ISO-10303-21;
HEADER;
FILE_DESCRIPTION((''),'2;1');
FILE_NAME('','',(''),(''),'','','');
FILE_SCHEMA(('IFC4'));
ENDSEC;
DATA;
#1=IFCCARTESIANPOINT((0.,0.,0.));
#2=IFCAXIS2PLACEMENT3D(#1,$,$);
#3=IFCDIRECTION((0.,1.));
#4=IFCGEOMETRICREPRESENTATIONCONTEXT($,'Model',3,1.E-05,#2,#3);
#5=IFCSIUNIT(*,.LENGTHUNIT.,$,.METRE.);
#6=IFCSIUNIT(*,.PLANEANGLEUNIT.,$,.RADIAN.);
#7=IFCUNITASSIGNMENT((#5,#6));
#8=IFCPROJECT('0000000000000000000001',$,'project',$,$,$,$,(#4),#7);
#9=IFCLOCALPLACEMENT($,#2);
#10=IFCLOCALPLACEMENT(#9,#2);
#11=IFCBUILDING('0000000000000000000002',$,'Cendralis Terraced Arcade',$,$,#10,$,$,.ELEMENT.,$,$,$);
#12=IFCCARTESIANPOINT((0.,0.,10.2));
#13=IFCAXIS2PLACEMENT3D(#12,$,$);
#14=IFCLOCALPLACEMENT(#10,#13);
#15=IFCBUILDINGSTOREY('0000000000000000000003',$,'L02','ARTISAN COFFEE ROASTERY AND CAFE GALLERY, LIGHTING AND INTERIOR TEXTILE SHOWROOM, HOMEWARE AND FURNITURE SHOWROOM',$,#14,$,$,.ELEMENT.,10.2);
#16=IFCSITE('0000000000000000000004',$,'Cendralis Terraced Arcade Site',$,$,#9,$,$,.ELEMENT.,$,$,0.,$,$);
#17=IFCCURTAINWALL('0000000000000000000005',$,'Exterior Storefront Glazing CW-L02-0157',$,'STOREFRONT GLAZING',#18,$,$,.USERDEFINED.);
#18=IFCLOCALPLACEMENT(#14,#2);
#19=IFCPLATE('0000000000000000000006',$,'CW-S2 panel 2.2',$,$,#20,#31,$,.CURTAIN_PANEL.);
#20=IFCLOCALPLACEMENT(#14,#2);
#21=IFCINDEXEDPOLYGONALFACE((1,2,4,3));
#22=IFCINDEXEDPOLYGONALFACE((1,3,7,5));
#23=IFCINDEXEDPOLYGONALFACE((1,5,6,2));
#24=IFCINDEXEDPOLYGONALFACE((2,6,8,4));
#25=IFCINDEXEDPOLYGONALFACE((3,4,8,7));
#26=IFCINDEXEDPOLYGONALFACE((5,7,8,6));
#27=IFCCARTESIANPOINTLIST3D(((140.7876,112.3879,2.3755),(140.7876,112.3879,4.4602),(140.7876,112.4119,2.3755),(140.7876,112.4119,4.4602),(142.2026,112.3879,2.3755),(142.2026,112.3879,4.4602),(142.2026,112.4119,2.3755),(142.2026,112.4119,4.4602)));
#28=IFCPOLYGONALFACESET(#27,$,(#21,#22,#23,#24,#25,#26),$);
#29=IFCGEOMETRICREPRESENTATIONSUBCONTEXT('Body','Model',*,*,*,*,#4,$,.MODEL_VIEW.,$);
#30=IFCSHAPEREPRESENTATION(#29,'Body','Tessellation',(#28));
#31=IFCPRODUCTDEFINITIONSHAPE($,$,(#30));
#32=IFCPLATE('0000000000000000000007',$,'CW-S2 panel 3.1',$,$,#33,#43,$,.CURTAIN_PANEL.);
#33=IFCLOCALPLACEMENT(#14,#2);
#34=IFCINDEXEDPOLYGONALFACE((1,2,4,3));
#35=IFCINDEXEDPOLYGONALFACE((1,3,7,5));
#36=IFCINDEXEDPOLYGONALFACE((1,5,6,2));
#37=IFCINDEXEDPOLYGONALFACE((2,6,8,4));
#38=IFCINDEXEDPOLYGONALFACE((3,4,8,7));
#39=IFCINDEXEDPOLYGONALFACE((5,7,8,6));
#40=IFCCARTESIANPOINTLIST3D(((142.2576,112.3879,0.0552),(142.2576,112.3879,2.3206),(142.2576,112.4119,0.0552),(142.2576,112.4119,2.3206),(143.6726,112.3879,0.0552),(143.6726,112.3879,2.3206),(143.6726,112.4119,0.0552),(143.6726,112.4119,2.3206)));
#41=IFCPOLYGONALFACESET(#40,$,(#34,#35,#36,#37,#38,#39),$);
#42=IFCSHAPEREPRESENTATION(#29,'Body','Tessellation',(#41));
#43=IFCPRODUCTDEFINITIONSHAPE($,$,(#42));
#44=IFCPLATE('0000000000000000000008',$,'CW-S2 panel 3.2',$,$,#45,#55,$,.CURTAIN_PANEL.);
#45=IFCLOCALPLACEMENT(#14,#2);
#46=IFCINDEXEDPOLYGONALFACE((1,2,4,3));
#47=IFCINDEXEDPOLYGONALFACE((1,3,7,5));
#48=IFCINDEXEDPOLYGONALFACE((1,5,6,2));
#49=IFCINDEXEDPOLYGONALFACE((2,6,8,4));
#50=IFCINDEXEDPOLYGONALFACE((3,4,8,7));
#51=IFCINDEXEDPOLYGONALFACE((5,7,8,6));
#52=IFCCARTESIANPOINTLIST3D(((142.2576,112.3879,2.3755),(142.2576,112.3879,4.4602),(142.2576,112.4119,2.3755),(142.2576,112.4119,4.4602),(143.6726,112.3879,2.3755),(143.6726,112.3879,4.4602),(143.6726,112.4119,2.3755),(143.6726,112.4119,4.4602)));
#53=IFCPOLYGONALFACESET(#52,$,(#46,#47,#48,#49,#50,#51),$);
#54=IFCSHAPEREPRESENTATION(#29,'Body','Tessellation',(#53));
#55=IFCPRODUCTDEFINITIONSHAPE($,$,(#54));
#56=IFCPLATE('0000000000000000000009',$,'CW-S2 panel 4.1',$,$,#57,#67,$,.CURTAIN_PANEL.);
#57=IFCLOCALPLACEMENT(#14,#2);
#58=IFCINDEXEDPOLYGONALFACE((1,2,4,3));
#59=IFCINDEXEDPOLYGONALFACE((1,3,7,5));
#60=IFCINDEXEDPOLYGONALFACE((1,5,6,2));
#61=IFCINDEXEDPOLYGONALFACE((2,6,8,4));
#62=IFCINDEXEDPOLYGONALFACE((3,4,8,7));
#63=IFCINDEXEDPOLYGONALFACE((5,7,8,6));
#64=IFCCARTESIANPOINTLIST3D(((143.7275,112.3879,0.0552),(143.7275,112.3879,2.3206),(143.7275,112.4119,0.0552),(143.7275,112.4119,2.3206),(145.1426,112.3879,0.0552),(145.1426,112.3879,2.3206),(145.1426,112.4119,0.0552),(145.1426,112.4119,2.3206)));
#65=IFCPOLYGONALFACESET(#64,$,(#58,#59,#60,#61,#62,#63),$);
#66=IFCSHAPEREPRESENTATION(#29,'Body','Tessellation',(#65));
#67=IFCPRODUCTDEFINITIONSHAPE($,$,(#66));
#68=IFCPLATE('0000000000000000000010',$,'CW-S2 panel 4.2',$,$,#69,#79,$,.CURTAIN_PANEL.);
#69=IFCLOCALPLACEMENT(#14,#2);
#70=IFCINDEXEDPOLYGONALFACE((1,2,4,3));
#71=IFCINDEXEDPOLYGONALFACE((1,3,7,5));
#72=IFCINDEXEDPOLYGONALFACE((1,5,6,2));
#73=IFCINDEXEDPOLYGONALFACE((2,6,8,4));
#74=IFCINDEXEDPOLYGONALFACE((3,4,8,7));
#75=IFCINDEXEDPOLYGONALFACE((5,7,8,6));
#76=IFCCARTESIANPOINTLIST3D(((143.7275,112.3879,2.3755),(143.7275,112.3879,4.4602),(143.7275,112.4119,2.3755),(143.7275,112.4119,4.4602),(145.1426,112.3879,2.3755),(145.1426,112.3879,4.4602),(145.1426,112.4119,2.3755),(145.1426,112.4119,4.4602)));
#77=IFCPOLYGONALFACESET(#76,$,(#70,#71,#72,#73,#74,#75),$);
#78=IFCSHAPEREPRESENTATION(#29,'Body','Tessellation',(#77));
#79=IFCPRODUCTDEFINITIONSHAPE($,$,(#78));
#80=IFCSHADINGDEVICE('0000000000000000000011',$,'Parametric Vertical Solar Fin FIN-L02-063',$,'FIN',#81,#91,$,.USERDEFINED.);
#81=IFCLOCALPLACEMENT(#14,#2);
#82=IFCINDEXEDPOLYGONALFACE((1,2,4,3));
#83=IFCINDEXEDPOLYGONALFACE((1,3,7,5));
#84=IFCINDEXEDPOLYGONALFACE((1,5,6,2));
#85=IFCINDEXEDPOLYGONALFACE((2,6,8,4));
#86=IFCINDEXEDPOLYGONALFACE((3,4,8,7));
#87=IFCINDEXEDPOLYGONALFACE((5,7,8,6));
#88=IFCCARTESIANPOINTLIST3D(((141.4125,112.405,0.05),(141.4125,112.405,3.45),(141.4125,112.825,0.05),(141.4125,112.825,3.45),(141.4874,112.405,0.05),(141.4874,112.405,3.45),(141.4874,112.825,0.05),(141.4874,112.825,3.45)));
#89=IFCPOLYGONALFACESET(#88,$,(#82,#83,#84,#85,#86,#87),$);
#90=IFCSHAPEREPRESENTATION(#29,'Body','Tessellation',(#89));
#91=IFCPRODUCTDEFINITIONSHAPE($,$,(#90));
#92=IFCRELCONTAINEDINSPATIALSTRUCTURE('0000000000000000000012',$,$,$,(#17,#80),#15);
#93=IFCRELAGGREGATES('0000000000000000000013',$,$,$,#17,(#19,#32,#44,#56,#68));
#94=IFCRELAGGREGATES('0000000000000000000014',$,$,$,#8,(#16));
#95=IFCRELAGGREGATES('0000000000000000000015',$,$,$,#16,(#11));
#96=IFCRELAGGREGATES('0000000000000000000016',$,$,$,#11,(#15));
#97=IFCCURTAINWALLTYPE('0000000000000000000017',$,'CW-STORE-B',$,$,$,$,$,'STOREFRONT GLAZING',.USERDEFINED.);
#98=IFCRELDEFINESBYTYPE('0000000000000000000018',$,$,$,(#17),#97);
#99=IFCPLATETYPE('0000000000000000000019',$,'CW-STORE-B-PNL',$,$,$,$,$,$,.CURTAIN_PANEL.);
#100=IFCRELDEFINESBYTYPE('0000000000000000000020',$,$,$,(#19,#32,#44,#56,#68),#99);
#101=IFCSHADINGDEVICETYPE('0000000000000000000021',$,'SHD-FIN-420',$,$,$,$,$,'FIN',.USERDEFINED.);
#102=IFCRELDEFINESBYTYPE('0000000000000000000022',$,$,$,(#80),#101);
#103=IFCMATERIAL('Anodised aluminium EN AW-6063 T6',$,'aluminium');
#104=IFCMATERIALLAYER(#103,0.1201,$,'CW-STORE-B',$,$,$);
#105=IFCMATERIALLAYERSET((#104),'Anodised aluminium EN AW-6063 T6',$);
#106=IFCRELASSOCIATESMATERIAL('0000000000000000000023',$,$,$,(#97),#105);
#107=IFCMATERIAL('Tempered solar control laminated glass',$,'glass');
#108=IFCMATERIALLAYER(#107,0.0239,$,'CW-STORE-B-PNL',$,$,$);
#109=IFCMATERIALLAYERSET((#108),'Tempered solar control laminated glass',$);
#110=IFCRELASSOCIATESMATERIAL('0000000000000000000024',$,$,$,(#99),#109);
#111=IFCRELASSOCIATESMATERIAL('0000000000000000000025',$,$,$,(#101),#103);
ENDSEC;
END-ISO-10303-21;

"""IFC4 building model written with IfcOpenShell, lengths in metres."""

from ifc_helpers import new_model, si_unit, direction, frame, origin, origin_2d, place, context, subcontext, project, spatial, rectangle, extrude, material, layer, layer_set, type_object, element, aggregate, save


model = new_model("IFC4")

# Units and contexts
model_context = context("Model", 3, precision=1e-05, world=origin(), true_north=direction((0.0, 1.0)))
body_context = subcontext(model_context, "Body", "Model", "MODEL_VIEW")
ifc_project = project(units=[si_unit("LENGTHUNIT", "METRE"), si_unit("PLANEANGLEUNIT", "RADIAN")], contexts=[model_context])

# Site, building, storey
site_placement = place(None, origin())
site = spatial("IfcSite", under=ifc_project, at=site_placement, Name="Cendralis Terraced Arcade Site", CompositionType="ELEMENT", RefElevation=0.0)
building_placement = place(site_placement, origin())
building = spatial("IfcBuilding", under=site, at=building_placement, Name="Cendralis Terraced Arcade", CompositionType="ELEMENT")
storey_placement = place(building_placement, frame((0.0, 0.0, 10.2)))
storey = spatial("IfcBuildingStorey", under=building, at=storey_placement, Name="L02", Description="ARTISAN COFFEE ROASTERY AND CAFE GALLERY, LIGHTING AND INTERIOR TEXTILE SHOWROOM, HOMEWARE AND FURNITURE SHOWROOM", CompositionType="ELEMENT", Elevation=10.2)

# Curtain wall, plates
ifc_material_1 = material(Name="Anodised aluminium EN AW-6063 T6", Category="aluminium")
ifc_layer_1 = layer(ifc_material_1, 0.1201, Name="CW-STORE-B")
ifc_layer_set_1 = layer_set([ifc_layer_1], Name="Anodised aluminium EN AW-6063 T6")
curtain_wall_type = type_object("IfcCurtainWallType", Name="CW-STORE-B", ElementType="STOREFRONT GLAZING", PredefinedType="USERDEFINED", material=ifc_layer_set_1)
curtain_wall_placement = place(storey_placement, origin())
curtain_wall = element("IfcCurtainWall", 1, at=curtain_wall_placement, inside=storey, type_object=curtain_wall_type, Name="Exterior Storefront Glazing CW-L02-0157", ObjectType="STOREFRONT GLAZING", PredefinedType="USERDEFINED")
ifc_material_2 = material(Name="Tempered solar control laminated glass", Category="glass")
ifc_layer_2 = layer(ifc_material_2, 0.0239, Name="CW-STORE-B-PNL")
ifc_layer_set_2 = layer_set([ifc_layer_2], Name="Tempered solar control laminated glass")
plate_type = type_object("IfcPlateType", Name="CW-STORE-B-PNL", PredefinedType="CURTAIN_PANEL", material=ifc_layer_set_2)
plate_1_placement = place(storey_placement, frame((141.4951, 112.3999, 2.3755), z_axis=(0.0, 0.0, 1.0), x_axis=(1.0, 0.0, 0.0)))
plate_1 = element("IfcPlate", 2, at=plate_1_placement, type_object=plate_type, Name="CW-S2 panel 2.2", PredefinedType="CURTAIN_PANEL", context=body_context, shape_type="SweptSolid", body=[
    extrude(rectangle(XDim=1.415, YDim=0.0239, at=origin_2d()), origin(), (0.0, 0.0, 1.0), 2.0847),
])
plate_2_placement = place(storey_placement, frame((142.9651, 112.3999, 0.0552), z_axis=(0.0, 0.0, 1.0), x_axis=(1.0, 0.0, 0.0)))
plate_2 = element("IfcPlate", 3, at=plate_2_placement, type_object=plate_type, Name="CW-S2 panel 3.1", PredefinedType="CURTAIN_PANEL", context=body_context, shape_type="SweptSolid", body=[
    extrude(rectangle(XDim=1.415, YDim=0.0239, at=origin_2d()), origin(), (0.0, 0.0, 1.0), 2.2654),
])
plate_3_placement = place(storey_placement, frame((142.9651, 112.3999, 2.3755), z_axis=(0.0, 0.0, 1.0), x_axis=(1.0, 0.0, 0.0)))
plate_3 = element("IfcPlate", 4, at=plate_3_placement, type_object=plate_type, Name="CW-S2 panel 3.2", PredefinedType="CURTAIN_PANEL", context=body_context, shape_type="SweptSolid", body=[
    extrude(rectangle(XDim=1.415, YDim=0.0239, at=origin_2d()), origin(), (0.0, 0.0, 1.0), 2.0847),
])
plate_4_placement = place(storey_placement, frame((144.4351, 112.3999, 0.0552), z_axis=(0.0, 0.0, 1.0), x_axis=(1.0, 0.0, 0.0)))
plate_4 = element("IfcPlate", 5, at=plate_4_placement, type_object=plate_type, Name="CW-S2 panel 4.1", PredefinedType="CURTAIN_PANEL", context=body_context, shape_type="SweptSolid", body=[
    extrude(rectangle(XDim=1.415, YDim=0.0239, at=origin_2d()), origin(), (0.0, 0.0, 1.0), 2.2654),
])
plate_5_placement = place(storey_placement, frame((144.4351, 112.3999, 2.3755), z_axis=(0.0, 0.0, 1.0), x_axis=(1.0, 0.0, 0.0)))
plate_5 = element("IfcPlate", 6, at=plate_5_placement, type_object=plate_type, Name="CW-S2 panel 4.2", PredefinedType="CURTAIN_PANEL", context=body_context, shape_type="SweptSolid", body=[
    extrude(rectangle(XDim=1.415, YDim=0.0239, at=origin_2d()), origin(), (0.0, 0.0, 1.0), 2.0847),
])
aggregate(curtain_wall, [plate_1, plate_2, plate_3, plate_4, plate_5])

# Shading device
shading_device_type = type_object("IfcShadingDeviceType", Name="SHD-FIN-420", ElementType="FIN", PredefinedType="USERDEFINED", material=ifc_material_1)
shading_device_placement = place(storey_placement, frame((141.45, 112.615, 0.05), z_axis=(0.0, 0.0, 1.0), x_axis=(1.0, 0.0, 0.0)))
element("IfcShadingDevice", 7, at=shading_device_placement, inside=storey, type_object=shading_device_type, Name="Parametric Vertical Solar Fin FIN-L02-063", ObjectType="FIN", PredefinedType="USERDEFINED", context=body_context, shape_type="SweptSolid", body=[
    extrude(rectangle(XDim=0.075, YDim=0.4199, at=origin_2d()), origin(), (0.0, 0.0, 1.0), 3.3999),
])

save(model, "model.ifc")
